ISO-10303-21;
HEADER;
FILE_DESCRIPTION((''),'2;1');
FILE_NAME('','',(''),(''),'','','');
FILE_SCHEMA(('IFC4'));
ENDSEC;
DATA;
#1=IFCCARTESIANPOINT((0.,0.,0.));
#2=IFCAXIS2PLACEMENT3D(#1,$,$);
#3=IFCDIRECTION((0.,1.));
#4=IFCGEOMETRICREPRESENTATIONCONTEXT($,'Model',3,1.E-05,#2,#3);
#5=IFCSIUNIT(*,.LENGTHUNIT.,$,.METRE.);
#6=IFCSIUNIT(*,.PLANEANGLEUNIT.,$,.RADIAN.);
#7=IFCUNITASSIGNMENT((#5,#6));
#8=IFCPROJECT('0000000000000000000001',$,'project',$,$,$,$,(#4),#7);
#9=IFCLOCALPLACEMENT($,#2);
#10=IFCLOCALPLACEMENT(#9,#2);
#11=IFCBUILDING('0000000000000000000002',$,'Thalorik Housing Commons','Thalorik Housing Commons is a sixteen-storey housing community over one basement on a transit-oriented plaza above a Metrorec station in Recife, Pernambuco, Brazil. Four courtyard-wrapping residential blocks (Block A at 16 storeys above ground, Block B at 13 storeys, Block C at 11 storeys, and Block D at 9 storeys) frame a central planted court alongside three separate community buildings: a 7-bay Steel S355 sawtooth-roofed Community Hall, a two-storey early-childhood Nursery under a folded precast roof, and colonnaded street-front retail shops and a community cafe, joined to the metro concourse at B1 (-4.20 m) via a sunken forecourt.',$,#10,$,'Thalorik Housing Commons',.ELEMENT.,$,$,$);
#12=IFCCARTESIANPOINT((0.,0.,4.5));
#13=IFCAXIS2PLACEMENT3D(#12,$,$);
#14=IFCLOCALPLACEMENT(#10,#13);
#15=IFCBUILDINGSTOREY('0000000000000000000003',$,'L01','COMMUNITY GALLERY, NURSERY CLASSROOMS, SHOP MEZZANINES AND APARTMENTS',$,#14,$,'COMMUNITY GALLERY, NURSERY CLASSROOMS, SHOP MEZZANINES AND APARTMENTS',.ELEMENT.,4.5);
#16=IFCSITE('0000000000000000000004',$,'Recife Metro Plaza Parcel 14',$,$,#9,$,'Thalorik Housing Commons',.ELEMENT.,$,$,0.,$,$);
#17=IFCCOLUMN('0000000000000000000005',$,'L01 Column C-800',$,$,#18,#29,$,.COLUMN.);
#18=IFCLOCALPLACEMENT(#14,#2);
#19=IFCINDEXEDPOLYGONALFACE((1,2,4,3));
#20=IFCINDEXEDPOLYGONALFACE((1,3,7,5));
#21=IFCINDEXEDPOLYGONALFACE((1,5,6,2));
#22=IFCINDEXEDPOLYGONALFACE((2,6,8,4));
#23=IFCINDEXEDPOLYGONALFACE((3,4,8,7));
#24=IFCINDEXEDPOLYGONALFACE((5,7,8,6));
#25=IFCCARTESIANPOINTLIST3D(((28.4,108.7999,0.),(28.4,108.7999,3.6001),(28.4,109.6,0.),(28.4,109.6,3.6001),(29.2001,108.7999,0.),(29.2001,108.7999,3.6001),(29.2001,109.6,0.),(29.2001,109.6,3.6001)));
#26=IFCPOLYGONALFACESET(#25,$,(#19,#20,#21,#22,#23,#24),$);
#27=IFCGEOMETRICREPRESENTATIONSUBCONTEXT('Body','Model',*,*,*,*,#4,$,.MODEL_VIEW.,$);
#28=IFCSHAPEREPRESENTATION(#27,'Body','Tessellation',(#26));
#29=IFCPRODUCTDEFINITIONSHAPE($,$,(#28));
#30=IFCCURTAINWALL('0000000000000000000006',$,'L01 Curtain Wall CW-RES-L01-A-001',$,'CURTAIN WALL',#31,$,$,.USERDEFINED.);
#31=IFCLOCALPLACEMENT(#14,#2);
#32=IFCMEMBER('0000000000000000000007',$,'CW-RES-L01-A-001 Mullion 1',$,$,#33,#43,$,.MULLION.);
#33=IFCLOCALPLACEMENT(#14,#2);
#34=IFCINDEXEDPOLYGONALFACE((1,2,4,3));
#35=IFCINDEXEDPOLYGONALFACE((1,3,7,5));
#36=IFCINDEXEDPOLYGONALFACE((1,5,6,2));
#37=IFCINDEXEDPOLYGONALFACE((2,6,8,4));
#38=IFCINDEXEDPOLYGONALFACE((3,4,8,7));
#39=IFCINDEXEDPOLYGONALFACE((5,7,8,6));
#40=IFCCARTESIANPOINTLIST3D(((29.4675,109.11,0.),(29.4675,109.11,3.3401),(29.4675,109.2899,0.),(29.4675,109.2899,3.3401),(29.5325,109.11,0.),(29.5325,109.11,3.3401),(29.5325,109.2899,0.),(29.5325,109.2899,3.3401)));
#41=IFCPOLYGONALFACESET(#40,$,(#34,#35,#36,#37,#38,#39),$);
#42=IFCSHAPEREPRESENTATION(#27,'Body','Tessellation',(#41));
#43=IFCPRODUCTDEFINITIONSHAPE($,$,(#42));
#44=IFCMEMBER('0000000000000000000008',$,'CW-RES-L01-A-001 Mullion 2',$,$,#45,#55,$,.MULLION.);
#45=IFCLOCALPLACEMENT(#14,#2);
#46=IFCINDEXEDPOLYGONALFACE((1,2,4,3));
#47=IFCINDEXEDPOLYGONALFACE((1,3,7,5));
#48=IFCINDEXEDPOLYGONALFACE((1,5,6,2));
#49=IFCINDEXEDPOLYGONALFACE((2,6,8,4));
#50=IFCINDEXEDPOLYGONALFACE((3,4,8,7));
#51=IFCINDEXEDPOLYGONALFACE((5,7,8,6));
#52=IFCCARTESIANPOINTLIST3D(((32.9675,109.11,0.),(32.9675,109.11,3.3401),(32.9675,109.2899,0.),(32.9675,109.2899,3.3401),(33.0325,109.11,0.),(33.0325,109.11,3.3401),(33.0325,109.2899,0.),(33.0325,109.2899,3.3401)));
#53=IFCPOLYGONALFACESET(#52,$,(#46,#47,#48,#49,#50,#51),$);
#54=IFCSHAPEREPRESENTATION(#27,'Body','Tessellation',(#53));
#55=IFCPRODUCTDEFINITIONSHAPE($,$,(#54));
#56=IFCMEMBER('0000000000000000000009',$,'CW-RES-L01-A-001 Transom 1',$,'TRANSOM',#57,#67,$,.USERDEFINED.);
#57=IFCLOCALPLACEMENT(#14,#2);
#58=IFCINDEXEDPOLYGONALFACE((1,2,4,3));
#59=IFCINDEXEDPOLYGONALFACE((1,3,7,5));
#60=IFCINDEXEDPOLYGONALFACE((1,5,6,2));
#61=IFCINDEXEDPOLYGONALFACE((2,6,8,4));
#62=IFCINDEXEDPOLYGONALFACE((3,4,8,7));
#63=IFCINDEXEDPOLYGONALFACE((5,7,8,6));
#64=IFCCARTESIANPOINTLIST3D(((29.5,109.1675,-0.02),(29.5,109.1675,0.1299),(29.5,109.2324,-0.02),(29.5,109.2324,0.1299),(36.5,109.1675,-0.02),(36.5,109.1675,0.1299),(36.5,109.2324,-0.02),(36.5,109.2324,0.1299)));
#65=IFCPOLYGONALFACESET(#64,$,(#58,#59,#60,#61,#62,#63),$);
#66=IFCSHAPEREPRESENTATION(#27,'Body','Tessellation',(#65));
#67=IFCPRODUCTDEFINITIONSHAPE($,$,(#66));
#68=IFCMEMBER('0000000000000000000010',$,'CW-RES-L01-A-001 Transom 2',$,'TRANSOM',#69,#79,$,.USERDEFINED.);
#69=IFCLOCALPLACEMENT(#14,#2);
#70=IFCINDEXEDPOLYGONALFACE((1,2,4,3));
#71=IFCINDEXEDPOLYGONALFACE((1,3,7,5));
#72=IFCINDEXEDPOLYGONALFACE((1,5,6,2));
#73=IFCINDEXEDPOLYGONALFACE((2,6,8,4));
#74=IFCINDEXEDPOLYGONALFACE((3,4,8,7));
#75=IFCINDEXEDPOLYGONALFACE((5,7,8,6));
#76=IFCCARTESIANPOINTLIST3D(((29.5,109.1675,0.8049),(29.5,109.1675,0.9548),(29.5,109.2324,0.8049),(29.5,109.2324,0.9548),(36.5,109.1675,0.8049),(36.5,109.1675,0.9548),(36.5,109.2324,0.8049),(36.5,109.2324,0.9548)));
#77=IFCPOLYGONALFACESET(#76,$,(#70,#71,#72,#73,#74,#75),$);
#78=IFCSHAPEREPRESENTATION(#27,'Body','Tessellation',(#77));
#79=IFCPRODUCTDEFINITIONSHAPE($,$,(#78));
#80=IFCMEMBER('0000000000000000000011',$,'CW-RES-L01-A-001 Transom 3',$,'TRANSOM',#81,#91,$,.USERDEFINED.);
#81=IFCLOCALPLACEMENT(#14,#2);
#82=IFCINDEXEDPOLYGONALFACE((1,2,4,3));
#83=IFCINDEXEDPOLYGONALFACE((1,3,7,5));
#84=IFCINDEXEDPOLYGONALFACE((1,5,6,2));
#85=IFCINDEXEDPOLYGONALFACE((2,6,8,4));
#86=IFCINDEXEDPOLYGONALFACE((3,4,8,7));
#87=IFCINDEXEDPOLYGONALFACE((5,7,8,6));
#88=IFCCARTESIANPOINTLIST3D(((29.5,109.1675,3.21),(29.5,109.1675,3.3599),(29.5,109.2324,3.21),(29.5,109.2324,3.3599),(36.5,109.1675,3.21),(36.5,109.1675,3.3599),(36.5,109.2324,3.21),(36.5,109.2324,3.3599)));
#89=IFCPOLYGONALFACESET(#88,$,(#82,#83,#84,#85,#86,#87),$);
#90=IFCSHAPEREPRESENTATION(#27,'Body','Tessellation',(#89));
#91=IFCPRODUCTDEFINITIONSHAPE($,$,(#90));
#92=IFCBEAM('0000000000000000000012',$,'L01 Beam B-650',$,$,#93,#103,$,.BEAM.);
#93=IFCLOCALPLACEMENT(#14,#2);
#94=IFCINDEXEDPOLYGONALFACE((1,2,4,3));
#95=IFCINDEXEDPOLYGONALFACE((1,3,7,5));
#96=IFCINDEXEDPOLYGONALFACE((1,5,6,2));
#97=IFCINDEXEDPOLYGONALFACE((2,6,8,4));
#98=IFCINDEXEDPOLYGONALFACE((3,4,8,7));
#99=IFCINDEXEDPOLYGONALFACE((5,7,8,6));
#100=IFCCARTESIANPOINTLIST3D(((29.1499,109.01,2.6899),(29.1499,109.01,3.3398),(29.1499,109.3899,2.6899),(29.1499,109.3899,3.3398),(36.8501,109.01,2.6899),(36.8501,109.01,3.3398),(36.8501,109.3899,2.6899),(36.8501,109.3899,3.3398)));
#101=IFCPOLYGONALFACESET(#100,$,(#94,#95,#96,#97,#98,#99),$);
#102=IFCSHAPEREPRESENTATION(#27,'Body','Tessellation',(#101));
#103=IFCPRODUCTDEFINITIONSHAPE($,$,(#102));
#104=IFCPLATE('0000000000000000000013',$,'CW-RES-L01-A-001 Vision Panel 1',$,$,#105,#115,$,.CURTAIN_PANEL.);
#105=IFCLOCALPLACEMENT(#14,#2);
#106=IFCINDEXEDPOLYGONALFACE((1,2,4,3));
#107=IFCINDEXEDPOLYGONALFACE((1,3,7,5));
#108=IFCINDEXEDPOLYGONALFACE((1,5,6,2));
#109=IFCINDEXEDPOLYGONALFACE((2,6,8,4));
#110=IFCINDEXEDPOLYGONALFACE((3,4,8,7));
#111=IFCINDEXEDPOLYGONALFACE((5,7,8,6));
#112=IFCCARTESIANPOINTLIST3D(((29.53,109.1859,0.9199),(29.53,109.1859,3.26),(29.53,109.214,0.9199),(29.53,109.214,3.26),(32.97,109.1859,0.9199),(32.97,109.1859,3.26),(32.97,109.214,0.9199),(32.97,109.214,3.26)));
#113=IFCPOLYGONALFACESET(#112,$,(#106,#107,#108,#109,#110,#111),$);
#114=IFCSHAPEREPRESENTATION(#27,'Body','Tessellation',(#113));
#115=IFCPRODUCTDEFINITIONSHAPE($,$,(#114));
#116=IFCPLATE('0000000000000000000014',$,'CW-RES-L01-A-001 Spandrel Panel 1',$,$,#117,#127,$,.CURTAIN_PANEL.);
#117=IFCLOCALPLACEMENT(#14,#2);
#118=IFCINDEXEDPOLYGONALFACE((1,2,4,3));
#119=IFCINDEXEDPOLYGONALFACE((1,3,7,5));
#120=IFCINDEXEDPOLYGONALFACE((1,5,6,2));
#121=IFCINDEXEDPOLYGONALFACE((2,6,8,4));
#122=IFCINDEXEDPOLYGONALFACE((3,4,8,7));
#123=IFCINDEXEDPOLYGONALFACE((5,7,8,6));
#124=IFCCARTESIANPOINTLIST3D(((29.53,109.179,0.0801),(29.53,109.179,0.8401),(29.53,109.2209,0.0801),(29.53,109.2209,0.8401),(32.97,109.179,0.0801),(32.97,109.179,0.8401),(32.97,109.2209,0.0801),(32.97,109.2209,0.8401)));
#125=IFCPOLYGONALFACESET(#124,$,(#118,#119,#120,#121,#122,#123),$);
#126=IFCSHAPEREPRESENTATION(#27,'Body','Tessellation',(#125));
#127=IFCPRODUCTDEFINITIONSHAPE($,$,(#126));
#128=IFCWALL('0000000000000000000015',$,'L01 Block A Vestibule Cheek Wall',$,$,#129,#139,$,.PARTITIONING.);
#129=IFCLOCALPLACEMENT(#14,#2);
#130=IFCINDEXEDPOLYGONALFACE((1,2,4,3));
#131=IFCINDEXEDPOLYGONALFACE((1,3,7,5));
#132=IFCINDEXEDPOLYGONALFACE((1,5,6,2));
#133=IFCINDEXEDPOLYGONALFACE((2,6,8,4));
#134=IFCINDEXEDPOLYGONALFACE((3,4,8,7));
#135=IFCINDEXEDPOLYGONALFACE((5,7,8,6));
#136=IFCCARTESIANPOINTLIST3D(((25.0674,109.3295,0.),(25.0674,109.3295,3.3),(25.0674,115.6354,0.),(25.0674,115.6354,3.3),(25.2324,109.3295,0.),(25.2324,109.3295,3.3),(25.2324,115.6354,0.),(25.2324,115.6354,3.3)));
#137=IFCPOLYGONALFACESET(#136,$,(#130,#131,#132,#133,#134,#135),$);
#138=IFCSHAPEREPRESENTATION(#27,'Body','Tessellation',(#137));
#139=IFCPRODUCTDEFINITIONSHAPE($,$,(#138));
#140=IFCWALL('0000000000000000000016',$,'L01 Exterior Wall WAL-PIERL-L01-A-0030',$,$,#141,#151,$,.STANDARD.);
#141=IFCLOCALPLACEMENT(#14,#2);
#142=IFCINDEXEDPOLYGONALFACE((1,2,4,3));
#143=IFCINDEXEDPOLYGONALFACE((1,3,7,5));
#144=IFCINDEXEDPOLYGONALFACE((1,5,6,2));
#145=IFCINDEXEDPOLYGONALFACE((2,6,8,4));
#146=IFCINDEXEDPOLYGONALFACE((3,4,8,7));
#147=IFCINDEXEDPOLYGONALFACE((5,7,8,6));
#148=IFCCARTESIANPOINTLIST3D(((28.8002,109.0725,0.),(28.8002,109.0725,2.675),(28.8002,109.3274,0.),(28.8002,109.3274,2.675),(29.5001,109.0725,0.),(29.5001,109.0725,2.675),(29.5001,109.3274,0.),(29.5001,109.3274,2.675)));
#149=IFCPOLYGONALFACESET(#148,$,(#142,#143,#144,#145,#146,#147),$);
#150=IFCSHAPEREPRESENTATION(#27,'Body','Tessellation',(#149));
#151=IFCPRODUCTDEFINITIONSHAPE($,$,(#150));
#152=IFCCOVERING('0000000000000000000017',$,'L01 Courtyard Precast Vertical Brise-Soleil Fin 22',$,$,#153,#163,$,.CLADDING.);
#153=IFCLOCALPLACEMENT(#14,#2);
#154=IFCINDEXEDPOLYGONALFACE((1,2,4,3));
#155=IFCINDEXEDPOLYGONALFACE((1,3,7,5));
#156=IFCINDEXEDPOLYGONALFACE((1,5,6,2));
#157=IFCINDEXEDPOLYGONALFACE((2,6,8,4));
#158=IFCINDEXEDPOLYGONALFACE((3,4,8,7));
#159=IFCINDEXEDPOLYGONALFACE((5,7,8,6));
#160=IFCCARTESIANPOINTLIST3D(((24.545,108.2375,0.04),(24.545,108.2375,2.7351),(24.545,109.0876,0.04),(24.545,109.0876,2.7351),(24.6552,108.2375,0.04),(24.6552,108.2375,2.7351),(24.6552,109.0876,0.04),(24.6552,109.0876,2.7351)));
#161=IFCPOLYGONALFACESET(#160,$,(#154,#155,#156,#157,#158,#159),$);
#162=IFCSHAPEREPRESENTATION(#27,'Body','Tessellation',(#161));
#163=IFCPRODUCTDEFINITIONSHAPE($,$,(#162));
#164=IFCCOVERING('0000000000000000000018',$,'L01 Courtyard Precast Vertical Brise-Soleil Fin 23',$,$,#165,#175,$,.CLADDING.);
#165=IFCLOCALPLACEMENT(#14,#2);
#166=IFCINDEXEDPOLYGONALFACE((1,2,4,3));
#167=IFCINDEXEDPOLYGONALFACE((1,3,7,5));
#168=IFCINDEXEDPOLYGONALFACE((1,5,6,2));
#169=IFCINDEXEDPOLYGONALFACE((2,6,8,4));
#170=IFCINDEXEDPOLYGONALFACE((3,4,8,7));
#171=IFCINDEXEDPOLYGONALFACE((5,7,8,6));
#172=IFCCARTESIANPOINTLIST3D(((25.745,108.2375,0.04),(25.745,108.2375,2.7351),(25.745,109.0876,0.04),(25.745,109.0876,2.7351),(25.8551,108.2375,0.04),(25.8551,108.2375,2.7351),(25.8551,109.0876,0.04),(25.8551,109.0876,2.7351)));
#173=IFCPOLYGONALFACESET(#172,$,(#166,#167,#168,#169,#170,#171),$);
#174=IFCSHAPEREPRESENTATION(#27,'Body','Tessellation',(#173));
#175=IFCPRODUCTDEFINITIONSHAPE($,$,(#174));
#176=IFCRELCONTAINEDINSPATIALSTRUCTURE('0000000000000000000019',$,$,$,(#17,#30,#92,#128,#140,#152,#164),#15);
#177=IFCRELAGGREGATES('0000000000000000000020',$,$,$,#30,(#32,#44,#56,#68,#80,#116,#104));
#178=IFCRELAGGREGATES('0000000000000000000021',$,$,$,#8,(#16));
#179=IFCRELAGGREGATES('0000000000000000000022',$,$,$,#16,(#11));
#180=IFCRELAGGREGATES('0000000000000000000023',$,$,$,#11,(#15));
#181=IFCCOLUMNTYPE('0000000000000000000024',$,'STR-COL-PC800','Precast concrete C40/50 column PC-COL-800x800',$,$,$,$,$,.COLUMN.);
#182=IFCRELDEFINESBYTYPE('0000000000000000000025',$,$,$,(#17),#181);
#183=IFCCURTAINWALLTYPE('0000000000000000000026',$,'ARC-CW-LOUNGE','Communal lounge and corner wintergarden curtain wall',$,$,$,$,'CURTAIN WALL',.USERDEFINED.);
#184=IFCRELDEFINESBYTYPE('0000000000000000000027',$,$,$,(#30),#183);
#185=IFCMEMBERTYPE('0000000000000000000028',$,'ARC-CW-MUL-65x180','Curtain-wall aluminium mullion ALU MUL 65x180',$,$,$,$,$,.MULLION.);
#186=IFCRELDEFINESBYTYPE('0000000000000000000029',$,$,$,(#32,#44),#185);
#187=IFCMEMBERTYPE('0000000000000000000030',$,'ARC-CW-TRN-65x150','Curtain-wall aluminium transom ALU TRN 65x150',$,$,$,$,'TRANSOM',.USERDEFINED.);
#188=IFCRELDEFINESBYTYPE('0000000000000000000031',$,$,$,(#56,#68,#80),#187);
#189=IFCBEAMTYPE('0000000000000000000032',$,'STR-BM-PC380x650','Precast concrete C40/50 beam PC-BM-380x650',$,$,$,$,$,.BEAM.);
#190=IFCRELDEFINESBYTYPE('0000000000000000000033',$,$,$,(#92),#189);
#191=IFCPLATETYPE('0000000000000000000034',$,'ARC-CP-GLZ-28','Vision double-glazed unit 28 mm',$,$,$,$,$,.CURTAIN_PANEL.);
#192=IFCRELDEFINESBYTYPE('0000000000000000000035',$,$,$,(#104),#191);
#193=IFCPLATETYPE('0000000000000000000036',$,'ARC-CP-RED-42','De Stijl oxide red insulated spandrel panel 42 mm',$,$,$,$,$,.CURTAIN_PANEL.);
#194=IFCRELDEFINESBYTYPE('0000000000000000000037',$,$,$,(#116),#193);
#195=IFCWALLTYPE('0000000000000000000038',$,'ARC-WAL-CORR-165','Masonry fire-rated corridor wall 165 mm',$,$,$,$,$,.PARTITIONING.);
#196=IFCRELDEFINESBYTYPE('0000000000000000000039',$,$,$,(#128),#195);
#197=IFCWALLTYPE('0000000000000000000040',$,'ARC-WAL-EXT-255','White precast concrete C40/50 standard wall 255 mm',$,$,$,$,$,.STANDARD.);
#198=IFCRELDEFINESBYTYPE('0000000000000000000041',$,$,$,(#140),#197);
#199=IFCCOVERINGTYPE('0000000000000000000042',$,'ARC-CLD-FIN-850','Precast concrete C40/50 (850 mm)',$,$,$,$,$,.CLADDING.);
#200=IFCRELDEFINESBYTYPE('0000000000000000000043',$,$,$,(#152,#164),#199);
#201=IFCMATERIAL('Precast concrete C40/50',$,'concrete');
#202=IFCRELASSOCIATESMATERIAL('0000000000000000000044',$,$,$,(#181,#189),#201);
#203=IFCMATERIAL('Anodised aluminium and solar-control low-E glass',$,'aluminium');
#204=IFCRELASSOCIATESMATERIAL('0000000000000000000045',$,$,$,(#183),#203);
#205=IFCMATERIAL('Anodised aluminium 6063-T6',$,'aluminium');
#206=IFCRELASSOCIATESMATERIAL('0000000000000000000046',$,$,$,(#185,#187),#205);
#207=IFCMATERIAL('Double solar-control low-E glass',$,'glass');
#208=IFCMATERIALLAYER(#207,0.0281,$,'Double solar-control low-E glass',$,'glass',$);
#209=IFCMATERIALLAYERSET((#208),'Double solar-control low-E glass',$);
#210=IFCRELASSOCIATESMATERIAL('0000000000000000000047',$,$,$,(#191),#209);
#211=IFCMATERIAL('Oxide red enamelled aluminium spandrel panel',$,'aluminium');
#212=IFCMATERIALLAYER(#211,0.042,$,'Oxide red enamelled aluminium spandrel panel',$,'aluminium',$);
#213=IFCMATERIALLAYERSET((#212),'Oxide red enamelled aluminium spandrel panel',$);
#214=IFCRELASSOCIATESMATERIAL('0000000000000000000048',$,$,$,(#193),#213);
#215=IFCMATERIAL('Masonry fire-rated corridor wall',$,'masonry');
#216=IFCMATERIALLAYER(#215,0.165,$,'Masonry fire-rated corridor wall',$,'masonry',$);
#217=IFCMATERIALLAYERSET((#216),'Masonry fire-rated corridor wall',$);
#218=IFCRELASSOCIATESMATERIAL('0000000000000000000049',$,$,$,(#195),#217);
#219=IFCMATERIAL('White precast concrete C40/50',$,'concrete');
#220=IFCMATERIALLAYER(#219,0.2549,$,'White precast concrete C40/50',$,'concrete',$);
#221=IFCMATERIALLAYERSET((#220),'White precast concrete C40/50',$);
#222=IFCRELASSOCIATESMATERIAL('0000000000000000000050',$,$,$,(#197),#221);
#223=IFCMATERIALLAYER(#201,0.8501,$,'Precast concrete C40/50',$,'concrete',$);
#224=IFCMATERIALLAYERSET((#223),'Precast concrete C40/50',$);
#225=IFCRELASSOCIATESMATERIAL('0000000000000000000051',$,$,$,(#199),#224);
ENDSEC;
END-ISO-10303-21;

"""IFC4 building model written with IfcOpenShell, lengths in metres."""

from ifc_helpers import new_model, si_unit, direction, frame, frame_2d, origin, origin_2d, place, context, subcontext, project, spatial, rectangle, extrude, material, layer, layer_set, material_profile, profile_set, type_object, element, aggregate, save


model = new_model("IFC4")

# Units and contexts
model_context = context("Model", 3, precision=1e-05, world=origin(), true_north=direction((0.0, 1.0)))
body_context = subcontext(model_context, "Body", "Model", "MODEL_VIEW")
ifc_project = project(units=[si_unit("LENGTHUNIT", "METRE"), si_unit("PLANEANGLEUNIT", "RADIAN")], contexts=[model_context])

# Site, building, storey
site_placement = place(None, origin())
site = spatial("IfcSite", under=ifc_project, at=site_placement, Name="Recife Metro Plaza Parcel 14", LongName="Thalorik Housing Commons", CompositionType="ELEMENT", RefElevation=0.0)
building_placement = place(site_placement, origin())
building = spatial("IfcBuilding", under=site, at=building_placement, Name="Thalorik Housing Commons", Description="Thalorik Housing Commons is a sixteen-storey housing community over one basement on a transit-oriented plaza above a Metrorec station in Recife, Pernambuco, Brazil. Four courtyard-wrapping residential blocks (Block A at 16 storeys above ground, Block B at 13 storeys, Block C at 11 storeys, and Block D at 9 storeys) frame a central planted court alongside three separate community buildings: a 7-bay Steel S355 sawtooth-roofed Community Hall, a two-storey early-childhood Nursery under a folded precast roof, and colonnaded street-front retail shops and a community cafe, joined to the metro concourse at B1 (-4.20 m) via a sunken forecourt.", LongName="Thalorik Housing Commons", CompositionType="ELEMENT")
storey_placement = place(building_placement, frame((0.0, 0.0, 4.5)))
storey = spatial("IfcBuildingStorey", under=building, at=storey_placement, Name="L01", Description="COMMUNITY GALLERY, NURSERY CLASSROOMS, SHOP MEZZANINES AND APARTMENTS", LongName="COMMUNITY GALLERY, NURSERY CLASSROOMS, SHOP MEZZANINES AND APARTMENTS", CompositionType="ELEMENT", Elevation=4.5)

# Column
ifc_material_1 = material(Name="Precast concrete C40/50", Category="concrete")
ifc_material_profile_1 = material_profile(ifc_material_1, rectangle(XDim=0.8, YDim=0.8, at=origin_2d()), Name="PC 800x800", Category="concrete")
ifc_profile_set_1 = profile_set([ifc_material_profile_1], Name="Precast concrete C40/50")
column_type = type_object("IfcColumnType", Name="STR-COL-PC800", Description="Precast concrete C40/50 column PC-COL-800x800", PredefinedType="COLUMN", material=ifc_profile_set_1)
column_placement = place(storey_placement, frame((28.8, 109.2, 0.0), z_axis=(0.0, 0.0, 1.0), x_axis=(1.0, 0.0, 0.0)))
element("IfcColumn", 1, at=column_placement, inside=storey, type_object=column_type, Name="L01 Column C-800", PredefinedType="COLUMN", context=body_context, shape_type="SweptSolid", body=[
    extrude(rectangle(XDim=0.8, YDim=0.8, at=origin_2d()), origin(), (0.0, 0.0, 1.0), 3.6001),
])

# Curtain wall, members
ifc_material_2 = material(Name="Anodised aluminium and solar-control low-E glass", Category="aluminium")
curtain_wall_type = type_object("IfcCurtainWallType", Name="ARC-CW-LOUNGE", Description="Communal lounge and corner wintergarden curtain wall", ElementType="CURTAIN WALL", PredefinedType="USERDEFINED", material=ifc_material_2)
curtain_wall_placement = place(storey_placement, origin())
curtain_wall = element("IfcCurtainWall", 2, at=curtain_wall_placement, inside=storey, type_object=curtain_wall_type, Name="L01 Curtain Wall CW-RES-L01-A-001", ObjectType="CURTAIN WALL", PredefinedType="USERDEFINED")
ifc_material_3 = material(Name="Anodised aluminium 6063-T6", Category="aluminium")
ifc_material_profile_2 = material_profile(ifc_material_3, rectangle(XDim=0.0649, YDim=0.1799, at=origin_2d()), Name="ALU MUL 65x180", Category="aluminium")
ifc_profile_set_2 = profile_set([ifc_material_profile_2], Name="Anodised aluminium 6063-T6")
member_type_1 = type_object("IfcMemberType", Name="ARC-CW-MUL-65x180", Description="Curtain-wall aluminium mullion ALU MUL 65x180", PredefinedType="MULLION", material=ifc_profile_set_2)
member_1_placement = place(storey_placement, frame((29.5, 109.2, 0.0), z_axis=(0.0, 0.0, 1.0), x_axis=(1.0, 0.0, 0.0)))
member_1 = element("IfcMember", 3, at=member_1_placement, type_object=member_type_1, Name="CW-RES-L01-A-001 Mullion 1", PredefinedType="MULLION", context=body_context, shape_type="SweptSolid", body=[
    extrude(rectangle(XDim=0.0649, YDim=0.1799, at=origin_2d()), origin(), (0.0, 0.0, 1.0), 3.3401),
])
member_2_placement = place(storey_placement, frame((33.0, 109.2, 0.0), z_axis=(0.0, 0.0, 1.0), x_axis=(1.0, 0.0, 0.0)))
member_2 = element("IfcMember", 4, at=member_2_placement, type_object=member_type_1, Name="CW-RES-L01-A-001 Mullion 2", PredefinedType="MULLION", context=body_context, shape_type="SweptSolid", body=[
    extrude(rectangle(XDim=0.0649, YDim=0.1799, at=origin_2d()), origin(), (0.0, 0.0, 1.0), 3.3401),
])
ifc_material_profile_3 = material_profile(ifc_material_3, rectangle(XDim=0.0649, YDim=0.1499, at=origin_2d()), Name="ALU TRN 65x150", Category="aluminium")
ifc_profile_set_3 = profile_set([ifc_material_profile_3], Name="Anodised aluminium 6063-T6")
member_type_2 = type_object("IfcMemberType", Name="ARC-CW-TRN-65x150", Description="Curtain-wall aluminium transom ALU TRN 65x150", ElementType="TRANSOM", PredefinedType="USERDEFINED", material=ifc_profile_set_3)
member_3_placement = place(storey_placement, frame((29.5, 109.2, 0.0549), z_axis=(1.0, 0.0, 0.0), x_axis=(0.0, 1.0, 0.0)))
member_3 = element("IfcMember", 5, at=member_3_placement, type_object=member_type_2, Name="CW-RES-L01-A-001 Transom 1", ObjectType="TRANSOM", PredefinedType="USERDEFINED", context=body_context, shape_type="SweptSolid", body=[
    extrude(rectangle(XDim=0.0649, YDim=0.1499, at=origin_2d()), origin(), (0.0, 0.0, 1.0), 7.0),
])
member_4_placement = place(storey_placement, frame((29.5, 109.2, 0.8799), z_axis=(1.0, 0.0, 0.0), x_axis=(0.0, 1.0, 0.0)))
member_4 = element("IfcMember", 6, at=member_4_placement, type_object=member_type_2, Name="CW-RES-L01-A-001 Transom 2", ObjectType="TRANSOM", PredefinedType="USERDEFINED", context=body_context, shape_type="SweptSolid", body=[
    extrude(rectangle(XDim=0.0649, YDim=0.1499, at=origin_2d()), origin(), (0.0, 0.0, 1.0), 7.0),
])
member_5_placement = place(storey_placement, frame((29.5, 109.2, 3.2849), z_axis=(1.0, 0.0, 0.0), x_axis=(0.0, 1.0, 0.0)))
member_5 = element("IfcMember", 7, at=member_5_placement, type_object=member_type_2, Name="CW-RES-L01-A-001 Transom 3", ObjectType="TRANSOM", PredefinedType="USERDEFINED", context=body_context, shape_type="SweptSolid", body=[
    extrude(rectangle(XDim=0.0649, YDim=0.1499, at=origin_2d()), origin(), (0.0, 0.0, 1.0), 7.0),
])

# Beam
ifc_material_profile_4 = material_profile(ifc_material_1, rectangle(XDim=0.3799, YDim=0.6499, at=origin_2d()), Name="PC 380x650", Category="concrete")
ifc_profile_set_4 = profile_set([ifc_material_profile_4], Name="Precast concrete C40/50")
beam_type = type_object("IfcBeamType", Name="STR-BM-PC380x650", Description="Precast concrete C40/50 beam PC-BM-380x650", PredefinedType="BEAM", material=ifc_profile_set_4)
beam_placement = place(storey_placement, frame((29.1499, 109.2, 3.0149), z_axis=(1.0, 0.0, 0.0), x_axis=(0.0, 1.0, 0.0)))
element("IfcBeam", 8, at=beam_placement, inside=storey, type_object=beam_type, Name="L01 Beam B-650", PredefinedType="BEAM", context=body_context, shape_type="SweptSolid", body=[
    extrude(rectangle(XDim=0.3799, YDim=0.6499, at=origin_2d()), origin(), (0.0, 0.0, 1.0), 7.7002),
])

# Plates
ifc_material_4 = material(Name="Double solar-control low-E glass", Category="glass")
ifc_layer_1 = layer(ifc_material_4, 0.0281, Name="Double solar-control low-E glass", Category="glass")
ifc_layer_set_1 = layer_set([ifc_layer_1], Name="Double solar-control low-E glass")
plate_type_1 = type_object("IfcPlateType", Name="ARC-CP-GLZ-28", Description="Vision double-glazed unit 28 mm", PredefinedType="CURTAIN_PANEL", material=ifc_layer_set_1)
plate_1_placement = place(storey_placement, frame((31.25, 109.2, 0.9199), z_axis=(0.0, 0.0, 1.0), x_axis=(1.0, 0.0, 0.0)))
plate_1 = element("IfcPlate", 9, at=plate_1_placement, type_object=plate_type_1, Name="CW-RES-L01-A-001 Vision Panel 1", PredefinedType="CURTAIN_PANEL", context=body_context, shape_type="SweptSolid", body=[
    extrude(rectangle(XDim=3.4399, YDim=0.0281, at=origin_2d()), origin(), (0.0, 0.0, 1.0), 2.3401),
])
ifc_material_5 = material(Name="Oxide red enamelled aluminium spandrel panel", Category="aluminium")
ifc_layer_2 = layer(ifc_material_5, 0.042, Name="Oxide red enamelled aluminium spandrel panel", Category="aluminium")
ifc_layer_set_2 = layer_set([ifc_layer_2], Name="Oxide red enamelled aluminium spandrel panel")
plate_type_2 = type_object("IfcPlateType", Name="ARC-CP-RED-42", Description="De Stijl oxide red insulated spandrel panel 42 mm", PredefinedType="CURTAIN_PANEL", material=ifc_layer_set_2)
plate_2_placement = place(storey_placement, frame((31.25, 109.2, 0.0801), z_axis=(0.0, 0.0, 1.0), x_axis=(1.0, 0.0, 0.0)))
plate_2 = element("IfcPlate", 10, at=plate_2_placement, type_object=plate_type_2, Name="CW-RES-L01-A-001 Spandrel Panel 1", PredefinedType="CURTAIN_PANEL", context=body_context, shape_type="SweptSolid", body=[
    extrude(rectangle(XDim=3.4399, YDim=0.042, at=origin_2d()), origin(), (0.0, 0.0, 1.0), 0.76),
])
aggregate(curtain_wall, [member_1, member_2, member_3, member_4, member_5, plate_2, plate_1])

# Walls
ifc_material_6 = material(Name="Masonry fire-rated corridor wall", Category="masonry")
ifc_layer_3 = layer(ifc_material_6, 0.165, Name="Masonry fire-rated corridor wall", Category="masonry")
ifc_layer_set_3 = layer_set([ifc_layer_3], Name="Masonry fire-rated corridor wall")
wall_type_1 = type_object("IfcWallType", Name="ARC-WAL-CORR-165", Description="Masonry fire-rated corridor wall 165 mm", PredefinedType="PARTITIONING", material=ifc_layer_set_3)
wall_1_placement = place(storey_placement, frame((25.1499, 109.3296, 0.0), z_axis=(0.0, 0.0, 1.0), x_axis=(0.0, 1.0, 0.0)))
element("IfcWall", 11, at=wall_1_placement, inside=storey, type_object=wall_type_1, Name="L01 Block A Vestibule Cheek Wall", PredefinedType="PARTITIONING", context=body_context, shape_type="SweptSolid", body=[
    extrude(rectangle(XDim=6.3059, YDim=0.165, at=frame_2d((3.1528, 0.0))), origin(), (0.0, 0.0, 1.0), 3.3),
])
ifc_material_7 = material(Name="White precast concrete C40/50", Category="concrete")
ifc_layer_4 = layer(ifc_material_7, 0.2549, Name="White precast concrete C40/50", Category="concrete")
ifc_layer_set_4 = layer_set([ifc_layer_4], Name="White precast concrete C40/50")
wall_type_2 = type_object("IfcWallType", Name="ARC-WAL-EXT-255", Description="White precast concrete C40/50 standard wall 255 mm", PredefinedType="STANDARD", material=ifc_layer_set_4)
wall_2_placement = place(storey_placement, frame((28.8, 109.2, 0.0), z_axis=(0.0, 0.0, 1.0), x_axis=(1.0, 0.0, 0.0)))
element("IfcWall", 12, at=wall_2_placement, inside=storey, type_object=wall_type_2, Name="L01 Exterior Wall WAL-PIERL-L01-A-0030", PredefinedType="STANDARD", context=body_context, shape_type="SweptSolid", body=[
    extrude(rectangle(XDim=0.7, YDim=0.2549, at=frame_2d((0.3501, 0.0))), origin(), (0.0, 0.0, 1.0), 2.675),
])

# Coverings
ifc_layer_5 = layer(ifc_material_1, 0.8501, Name="Precast concrete C40/50", Category="concrete")
ifc_layer_set_5 = layer_set([ifc_layer_5], Name="Precast concrete C40/50")
covering_type_1 = type_object("IfcCoveringType", Name="ARC-CLD-FIN-850", Description="Precast concrete C40/50 (850 mm)", PredefinedType="CLADDING", material=ifc_layer_set_5)
for number, where, z_axis, x_axis, name in (
    (13, (24.6001, 108.6626, 0.04), (0.0, 0.0, 1.0), (1.0, 0.0, 0.0), "L01 Courtyard Precast Vertical Brise-Soleil Fin 22"),
    (14, (25.8, 108.6626, 0.04), (0.0, 0.0, 1.0), (1.0, 0.0, 0.0), "L01 Courtyard Precast Vertical Brise-Soleil Fin 23"),
):
    element("IfcCovering", number, at=place(storey_placement, frame(where, z_axis=z_axis, x_axis=x_axis)), inside=storey, type_object=covering_type_1, Name=name, PredefinedType="CLADDING", context=body_context, shape_type="SweptSolid", body=[
        extrude(rectangle(XDim=0.1101, YDim=0.8501, at=origin_2d()), origin(), (0.0, 0.0, 1.0), 2.6951),
    ])

save(model, "model.ifc")
